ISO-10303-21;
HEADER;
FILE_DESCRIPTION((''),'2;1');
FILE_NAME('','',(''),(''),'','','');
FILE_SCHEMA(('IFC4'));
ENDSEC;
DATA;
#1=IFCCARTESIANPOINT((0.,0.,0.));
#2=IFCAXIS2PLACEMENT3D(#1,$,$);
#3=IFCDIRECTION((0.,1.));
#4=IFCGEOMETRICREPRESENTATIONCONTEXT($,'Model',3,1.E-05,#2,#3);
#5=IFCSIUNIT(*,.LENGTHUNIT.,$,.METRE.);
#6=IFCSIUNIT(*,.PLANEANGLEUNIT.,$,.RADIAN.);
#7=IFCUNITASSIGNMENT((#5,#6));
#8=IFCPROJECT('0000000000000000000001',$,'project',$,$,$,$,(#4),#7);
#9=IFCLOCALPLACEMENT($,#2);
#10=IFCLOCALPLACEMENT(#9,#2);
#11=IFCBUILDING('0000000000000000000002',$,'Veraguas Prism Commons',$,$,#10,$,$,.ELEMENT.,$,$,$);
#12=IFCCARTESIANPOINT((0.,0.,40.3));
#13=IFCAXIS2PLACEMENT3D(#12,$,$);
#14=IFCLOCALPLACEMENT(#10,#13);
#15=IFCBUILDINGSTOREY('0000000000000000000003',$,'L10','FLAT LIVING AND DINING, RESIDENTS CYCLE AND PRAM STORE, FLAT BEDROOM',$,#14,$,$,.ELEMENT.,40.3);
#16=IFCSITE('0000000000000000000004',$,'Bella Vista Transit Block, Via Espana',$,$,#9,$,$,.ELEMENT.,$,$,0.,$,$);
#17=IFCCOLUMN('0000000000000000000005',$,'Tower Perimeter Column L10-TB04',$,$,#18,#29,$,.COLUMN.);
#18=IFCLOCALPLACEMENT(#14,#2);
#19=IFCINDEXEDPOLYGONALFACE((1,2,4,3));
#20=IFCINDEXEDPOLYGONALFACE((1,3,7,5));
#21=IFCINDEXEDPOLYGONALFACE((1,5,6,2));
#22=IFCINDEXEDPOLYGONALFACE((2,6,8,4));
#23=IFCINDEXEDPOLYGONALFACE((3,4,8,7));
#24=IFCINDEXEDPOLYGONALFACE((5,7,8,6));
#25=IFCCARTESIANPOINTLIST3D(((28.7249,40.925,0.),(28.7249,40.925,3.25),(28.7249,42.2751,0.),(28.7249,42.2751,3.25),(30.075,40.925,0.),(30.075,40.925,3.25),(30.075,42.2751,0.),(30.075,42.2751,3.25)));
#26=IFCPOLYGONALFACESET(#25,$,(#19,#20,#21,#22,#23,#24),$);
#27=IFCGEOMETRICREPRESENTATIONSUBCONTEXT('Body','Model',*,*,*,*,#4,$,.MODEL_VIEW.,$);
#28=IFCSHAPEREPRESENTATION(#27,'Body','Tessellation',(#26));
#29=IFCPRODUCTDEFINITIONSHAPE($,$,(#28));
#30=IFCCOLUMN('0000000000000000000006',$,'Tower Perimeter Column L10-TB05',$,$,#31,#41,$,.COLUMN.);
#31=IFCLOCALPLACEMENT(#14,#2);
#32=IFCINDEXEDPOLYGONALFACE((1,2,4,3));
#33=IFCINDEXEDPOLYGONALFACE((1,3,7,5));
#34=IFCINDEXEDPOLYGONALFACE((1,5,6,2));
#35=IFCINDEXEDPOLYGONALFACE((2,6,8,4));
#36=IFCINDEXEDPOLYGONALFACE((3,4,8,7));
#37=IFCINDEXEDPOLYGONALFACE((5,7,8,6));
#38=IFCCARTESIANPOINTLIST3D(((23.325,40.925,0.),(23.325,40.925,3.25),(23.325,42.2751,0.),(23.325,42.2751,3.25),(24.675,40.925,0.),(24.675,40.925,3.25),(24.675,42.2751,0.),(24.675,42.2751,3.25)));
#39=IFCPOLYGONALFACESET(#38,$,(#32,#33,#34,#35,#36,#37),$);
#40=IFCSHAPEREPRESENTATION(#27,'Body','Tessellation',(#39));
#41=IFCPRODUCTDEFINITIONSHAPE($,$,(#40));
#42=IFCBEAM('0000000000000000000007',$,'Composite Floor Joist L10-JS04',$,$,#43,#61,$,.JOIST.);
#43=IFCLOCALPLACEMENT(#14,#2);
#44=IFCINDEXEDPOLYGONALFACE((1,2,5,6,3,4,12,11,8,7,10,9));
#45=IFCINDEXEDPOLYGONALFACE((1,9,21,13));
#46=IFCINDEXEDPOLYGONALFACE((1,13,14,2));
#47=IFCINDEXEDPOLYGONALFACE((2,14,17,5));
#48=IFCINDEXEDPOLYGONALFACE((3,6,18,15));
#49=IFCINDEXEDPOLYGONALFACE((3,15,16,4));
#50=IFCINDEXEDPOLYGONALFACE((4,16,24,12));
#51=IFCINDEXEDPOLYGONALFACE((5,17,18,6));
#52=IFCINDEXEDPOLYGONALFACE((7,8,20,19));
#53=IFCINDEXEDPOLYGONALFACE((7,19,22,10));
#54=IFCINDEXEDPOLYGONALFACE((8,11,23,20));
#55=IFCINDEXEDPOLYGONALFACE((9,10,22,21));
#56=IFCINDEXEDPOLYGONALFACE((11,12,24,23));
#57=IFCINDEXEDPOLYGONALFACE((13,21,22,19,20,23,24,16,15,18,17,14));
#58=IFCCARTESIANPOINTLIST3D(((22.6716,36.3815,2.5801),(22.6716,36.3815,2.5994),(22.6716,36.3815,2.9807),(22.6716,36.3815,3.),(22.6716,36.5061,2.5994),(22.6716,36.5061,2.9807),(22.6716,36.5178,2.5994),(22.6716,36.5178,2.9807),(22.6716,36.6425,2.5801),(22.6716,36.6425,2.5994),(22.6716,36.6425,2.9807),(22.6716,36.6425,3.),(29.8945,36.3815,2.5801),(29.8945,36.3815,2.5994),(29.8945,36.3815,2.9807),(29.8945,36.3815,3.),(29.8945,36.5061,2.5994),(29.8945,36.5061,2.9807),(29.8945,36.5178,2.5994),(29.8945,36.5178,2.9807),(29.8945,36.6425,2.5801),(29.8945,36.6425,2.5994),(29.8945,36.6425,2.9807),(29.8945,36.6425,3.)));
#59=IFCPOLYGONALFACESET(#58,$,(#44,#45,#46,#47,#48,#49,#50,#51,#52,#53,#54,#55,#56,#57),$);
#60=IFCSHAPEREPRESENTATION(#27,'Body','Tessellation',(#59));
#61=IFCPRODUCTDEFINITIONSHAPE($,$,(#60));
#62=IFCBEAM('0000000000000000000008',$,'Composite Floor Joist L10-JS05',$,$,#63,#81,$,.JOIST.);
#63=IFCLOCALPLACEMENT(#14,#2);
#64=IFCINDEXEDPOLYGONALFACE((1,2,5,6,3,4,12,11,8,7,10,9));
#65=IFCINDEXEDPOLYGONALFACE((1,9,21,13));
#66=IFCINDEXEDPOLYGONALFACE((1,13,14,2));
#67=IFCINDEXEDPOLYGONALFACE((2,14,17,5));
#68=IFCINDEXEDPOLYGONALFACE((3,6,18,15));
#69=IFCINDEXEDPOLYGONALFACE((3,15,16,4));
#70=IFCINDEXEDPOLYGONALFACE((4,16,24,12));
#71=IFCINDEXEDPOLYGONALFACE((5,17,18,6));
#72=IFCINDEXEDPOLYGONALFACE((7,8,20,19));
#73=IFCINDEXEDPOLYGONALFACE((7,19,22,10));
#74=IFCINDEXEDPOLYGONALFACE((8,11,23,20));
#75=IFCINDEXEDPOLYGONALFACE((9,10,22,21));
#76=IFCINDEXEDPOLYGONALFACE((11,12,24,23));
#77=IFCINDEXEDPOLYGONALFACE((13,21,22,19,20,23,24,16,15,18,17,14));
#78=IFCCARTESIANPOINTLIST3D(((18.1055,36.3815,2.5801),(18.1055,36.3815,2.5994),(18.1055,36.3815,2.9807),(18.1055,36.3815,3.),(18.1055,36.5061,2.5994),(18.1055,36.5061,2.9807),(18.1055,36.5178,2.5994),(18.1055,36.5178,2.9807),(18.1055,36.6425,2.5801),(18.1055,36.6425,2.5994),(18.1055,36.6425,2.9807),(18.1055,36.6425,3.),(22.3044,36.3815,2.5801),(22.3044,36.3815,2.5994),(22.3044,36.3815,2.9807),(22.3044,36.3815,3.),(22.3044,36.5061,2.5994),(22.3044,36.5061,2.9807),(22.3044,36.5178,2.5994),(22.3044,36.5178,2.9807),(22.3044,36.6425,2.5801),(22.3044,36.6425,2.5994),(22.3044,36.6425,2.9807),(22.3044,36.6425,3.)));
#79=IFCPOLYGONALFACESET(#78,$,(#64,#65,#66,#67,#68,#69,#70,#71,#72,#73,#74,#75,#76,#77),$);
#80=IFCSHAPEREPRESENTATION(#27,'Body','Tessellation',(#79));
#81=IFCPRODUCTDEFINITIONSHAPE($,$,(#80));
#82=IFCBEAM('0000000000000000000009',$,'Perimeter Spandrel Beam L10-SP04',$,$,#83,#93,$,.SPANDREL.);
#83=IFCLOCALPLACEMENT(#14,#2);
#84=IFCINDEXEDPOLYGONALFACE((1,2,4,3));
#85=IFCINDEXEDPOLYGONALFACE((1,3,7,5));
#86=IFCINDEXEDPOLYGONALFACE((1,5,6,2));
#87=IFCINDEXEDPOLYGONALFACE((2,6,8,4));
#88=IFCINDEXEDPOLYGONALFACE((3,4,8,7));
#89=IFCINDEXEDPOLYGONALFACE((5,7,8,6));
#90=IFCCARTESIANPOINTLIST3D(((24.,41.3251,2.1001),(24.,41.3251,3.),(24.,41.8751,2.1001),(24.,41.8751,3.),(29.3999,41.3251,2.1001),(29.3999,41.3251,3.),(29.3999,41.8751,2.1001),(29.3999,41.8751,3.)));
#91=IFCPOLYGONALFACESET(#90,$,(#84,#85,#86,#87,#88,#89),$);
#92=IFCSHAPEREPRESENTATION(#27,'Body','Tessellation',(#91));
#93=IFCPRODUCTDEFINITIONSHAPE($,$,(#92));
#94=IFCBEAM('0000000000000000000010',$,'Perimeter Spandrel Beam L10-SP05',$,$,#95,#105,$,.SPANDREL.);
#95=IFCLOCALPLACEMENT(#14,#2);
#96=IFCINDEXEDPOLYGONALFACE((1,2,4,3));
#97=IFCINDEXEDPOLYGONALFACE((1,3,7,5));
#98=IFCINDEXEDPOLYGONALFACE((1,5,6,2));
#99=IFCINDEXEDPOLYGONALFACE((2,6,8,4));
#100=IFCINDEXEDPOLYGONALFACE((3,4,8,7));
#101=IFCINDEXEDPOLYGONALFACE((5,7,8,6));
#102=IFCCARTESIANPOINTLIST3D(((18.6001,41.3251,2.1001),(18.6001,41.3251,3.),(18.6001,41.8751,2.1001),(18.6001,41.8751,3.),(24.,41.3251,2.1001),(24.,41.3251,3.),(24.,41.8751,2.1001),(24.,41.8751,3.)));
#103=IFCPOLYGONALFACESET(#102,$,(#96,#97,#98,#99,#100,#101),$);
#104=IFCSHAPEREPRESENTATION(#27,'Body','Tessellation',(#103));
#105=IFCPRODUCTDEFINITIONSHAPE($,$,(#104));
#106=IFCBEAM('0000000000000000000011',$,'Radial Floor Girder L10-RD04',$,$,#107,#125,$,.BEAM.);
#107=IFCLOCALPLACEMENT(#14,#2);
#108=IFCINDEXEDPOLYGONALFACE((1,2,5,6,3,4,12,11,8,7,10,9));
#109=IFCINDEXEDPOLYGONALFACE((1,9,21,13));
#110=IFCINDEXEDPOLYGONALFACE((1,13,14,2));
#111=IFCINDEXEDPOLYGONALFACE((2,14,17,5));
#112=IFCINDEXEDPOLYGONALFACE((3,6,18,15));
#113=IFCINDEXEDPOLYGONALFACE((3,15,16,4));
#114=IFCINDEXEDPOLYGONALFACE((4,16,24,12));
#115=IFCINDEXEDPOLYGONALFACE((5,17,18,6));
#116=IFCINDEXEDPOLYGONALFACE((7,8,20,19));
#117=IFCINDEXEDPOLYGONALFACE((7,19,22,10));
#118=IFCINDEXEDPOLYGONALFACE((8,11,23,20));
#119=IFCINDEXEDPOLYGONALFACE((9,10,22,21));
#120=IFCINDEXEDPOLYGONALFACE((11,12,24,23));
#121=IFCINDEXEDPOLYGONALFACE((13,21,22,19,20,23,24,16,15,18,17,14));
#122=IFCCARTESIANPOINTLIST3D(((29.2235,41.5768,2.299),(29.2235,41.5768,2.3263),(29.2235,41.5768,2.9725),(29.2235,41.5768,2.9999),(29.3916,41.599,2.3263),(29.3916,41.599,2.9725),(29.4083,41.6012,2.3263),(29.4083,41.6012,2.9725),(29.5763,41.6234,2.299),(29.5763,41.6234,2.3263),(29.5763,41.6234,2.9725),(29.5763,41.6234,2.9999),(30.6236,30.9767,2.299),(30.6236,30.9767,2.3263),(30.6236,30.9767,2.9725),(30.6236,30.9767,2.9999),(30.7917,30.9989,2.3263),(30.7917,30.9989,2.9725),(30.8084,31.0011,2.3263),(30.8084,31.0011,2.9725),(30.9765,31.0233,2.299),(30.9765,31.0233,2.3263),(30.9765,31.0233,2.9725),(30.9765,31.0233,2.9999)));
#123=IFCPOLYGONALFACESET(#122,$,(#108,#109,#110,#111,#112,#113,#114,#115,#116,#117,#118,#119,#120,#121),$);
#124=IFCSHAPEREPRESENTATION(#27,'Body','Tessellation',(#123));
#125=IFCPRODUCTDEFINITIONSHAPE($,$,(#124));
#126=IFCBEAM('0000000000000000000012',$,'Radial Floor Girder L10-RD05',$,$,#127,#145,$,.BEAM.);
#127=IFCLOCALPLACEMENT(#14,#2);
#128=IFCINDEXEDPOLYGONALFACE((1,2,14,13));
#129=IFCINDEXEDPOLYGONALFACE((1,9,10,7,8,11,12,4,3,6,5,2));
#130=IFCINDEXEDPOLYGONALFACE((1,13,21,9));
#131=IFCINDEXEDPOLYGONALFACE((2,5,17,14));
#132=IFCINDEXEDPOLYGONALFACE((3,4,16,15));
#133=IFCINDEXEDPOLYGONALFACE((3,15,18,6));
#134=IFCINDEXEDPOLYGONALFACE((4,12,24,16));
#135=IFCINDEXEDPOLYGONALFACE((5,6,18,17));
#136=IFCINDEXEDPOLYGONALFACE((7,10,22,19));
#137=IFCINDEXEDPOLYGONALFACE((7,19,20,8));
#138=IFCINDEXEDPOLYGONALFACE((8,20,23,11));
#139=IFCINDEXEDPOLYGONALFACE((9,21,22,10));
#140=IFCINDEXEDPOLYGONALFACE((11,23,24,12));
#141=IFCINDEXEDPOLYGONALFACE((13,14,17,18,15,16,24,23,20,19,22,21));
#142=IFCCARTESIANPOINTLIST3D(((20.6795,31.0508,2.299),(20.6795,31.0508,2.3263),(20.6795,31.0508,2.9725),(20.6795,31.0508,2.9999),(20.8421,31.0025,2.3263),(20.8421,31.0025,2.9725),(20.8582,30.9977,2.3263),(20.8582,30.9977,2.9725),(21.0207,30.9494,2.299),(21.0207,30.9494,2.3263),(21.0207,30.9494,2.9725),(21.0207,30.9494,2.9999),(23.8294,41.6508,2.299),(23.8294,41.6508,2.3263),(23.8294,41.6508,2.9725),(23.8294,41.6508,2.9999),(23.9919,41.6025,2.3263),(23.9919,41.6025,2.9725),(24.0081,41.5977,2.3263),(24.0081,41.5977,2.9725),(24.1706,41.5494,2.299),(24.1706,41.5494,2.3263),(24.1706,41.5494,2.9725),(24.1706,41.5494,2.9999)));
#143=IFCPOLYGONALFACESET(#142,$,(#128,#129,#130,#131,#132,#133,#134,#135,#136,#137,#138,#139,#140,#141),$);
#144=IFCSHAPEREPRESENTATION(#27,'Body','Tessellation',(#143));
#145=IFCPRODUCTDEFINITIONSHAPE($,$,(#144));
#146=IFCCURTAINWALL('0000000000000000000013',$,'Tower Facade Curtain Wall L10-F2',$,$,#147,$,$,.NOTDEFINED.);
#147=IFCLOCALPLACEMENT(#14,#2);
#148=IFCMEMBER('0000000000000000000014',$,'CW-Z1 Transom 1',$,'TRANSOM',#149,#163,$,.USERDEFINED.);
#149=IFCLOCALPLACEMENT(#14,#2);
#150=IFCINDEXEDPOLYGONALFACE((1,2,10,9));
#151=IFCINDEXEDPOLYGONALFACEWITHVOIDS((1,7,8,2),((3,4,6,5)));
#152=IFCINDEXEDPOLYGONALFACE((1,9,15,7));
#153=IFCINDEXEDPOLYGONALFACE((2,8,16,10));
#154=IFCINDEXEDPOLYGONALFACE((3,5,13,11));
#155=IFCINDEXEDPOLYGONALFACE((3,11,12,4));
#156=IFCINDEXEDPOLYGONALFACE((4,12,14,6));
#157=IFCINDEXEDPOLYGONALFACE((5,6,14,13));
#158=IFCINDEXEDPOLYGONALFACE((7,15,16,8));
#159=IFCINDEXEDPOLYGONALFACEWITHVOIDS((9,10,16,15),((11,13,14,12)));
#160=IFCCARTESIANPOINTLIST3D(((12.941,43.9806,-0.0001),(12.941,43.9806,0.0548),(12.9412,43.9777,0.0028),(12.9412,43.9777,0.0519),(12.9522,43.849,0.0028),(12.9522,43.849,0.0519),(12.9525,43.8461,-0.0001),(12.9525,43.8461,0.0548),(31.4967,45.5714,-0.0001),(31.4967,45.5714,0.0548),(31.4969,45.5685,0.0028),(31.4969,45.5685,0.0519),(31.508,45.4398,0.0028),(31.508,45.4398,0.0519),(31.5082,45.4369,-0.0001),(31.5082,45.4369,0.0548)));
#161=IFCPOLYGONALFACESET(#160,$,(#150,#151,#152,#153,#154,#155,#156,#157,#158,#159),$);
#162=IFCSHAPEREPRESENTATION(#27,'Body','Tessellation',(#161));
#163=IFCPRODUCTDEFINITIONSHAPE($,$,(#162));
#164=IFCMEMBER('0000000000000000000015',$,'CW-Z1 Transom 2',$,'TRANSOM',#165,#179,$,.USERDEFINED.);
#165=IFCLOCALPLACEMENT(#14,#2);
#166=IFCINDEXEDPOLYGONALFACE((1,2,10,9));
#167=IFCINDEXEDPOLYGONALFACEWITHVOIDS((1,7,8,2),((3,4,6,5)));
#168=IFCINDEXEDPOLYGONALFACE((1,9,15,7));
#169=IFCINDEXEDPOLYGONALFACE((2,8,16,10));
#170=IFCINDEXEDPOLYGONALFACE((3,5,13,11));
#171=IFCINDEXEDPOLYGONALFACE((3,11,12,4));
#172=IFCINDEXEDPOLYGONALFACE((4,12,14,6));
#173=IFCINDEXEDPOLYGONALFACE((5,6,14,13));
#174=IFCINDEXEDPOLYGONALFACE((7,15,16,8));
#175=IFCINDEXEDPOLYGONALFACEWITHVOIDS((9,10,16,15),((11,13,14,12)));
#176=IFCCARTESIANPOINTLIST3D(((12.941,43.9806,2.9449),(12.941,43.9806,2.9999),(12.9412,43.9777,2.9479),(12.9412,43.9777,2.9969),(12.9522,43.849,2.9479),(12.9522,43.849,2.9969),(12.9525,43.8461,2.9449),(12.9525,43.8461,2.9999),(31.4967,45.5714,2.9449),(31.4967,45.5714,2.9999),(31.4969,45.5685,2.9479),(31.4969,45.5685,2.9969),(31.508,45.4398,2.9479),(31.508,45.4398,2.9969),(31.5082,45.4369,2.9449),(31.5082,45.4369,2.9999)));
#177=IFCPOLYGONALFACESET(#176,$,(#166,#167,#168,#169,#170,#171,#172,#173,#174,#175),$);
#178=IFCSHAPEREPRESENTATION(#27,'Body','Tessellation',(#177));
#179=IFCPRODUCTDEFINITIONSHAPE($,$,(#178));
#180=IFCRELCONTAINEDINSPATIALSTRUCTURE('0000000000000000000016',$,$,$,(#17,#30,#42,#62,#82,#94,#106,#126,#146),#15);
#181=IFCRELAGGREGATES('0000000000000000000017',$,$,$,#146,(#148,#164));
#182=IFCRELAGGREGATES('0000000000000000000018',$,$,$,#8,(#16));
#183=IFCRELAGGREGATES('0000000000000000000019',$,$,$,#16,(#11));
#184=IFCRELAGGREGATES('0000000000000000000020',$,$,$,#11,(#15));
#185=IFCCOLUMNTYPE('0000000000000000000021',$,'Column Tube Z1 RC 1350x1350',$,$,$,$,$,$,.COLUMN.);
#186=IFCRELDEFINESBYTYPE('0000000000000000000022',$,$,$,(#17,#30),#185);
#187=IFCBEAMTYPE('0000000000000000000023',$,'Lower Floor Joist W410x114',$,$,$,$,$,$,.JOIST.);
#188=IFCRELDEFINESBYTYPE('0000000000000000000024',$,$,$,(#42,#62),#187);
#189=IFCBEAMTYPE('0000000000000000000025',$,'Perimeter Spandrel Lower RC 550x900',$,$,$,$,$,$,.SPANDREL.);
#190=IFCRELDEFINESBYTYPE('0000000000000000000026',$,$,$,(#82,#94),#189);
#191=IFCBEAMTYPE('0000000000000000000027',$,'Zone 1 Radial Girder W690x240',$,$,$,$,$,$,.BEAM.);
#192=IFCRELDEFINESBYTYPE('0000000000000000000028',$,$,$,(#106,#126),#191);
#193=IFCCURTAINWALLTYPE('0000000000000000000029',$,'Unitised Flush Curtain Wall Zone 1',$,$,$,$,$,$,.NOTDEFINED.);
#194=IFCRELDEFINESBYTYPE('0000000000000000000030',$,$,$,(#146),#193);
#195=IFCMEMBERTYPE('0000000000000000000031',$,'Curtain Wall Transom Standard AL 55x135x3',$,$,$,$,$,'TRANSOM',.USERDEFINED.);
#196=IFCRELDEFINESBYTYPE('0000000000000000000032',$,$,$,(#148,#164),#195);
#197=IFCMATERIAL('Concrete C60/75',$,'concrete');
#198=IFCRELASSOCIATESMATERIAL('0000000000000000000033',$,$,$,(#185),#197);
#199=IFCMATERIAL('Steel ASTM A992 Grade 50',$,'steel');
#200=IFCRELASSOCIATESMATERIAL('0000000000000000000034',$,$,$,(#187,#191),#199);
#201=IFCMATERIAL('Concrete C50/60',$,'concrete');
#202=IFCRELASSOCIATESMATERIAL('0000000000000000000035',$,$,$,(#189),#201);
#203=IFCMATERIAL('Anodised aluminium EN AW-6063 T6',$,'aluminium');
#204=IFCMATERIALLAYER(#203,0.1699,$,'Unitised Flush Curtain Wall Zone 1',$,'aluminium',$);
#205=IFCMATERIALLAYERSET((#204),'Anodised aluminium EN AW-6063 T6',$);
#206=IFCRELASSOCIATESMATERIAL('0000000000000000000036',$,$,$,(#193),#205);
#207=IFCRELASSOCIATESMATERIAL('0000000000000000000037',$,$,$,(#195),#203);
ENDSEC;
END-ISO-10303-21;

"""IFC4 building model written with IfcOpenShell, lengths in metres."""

from ifc_helpers import new_model, si_unit, direction, frame, origin, origin_2d, place, context, subcontext, project, spatial, rectangle, hollow_rectangle, i_section, extrude, source, transform, mapped, material, layer, layer_set, material_profile, profile_set, type_object, element, aggregate, save


model = new_model("IFC4")

# Units and contexts
model_context = context("Model", 3, precision=1e-05, world=origin(), true_north=direction((0.0, 1.0)))
body_context = subcontext(model_context, "Body", "Model", "MODEL_VIEW")
ifc_project = project(units=[si_unit("LENGTHUNIT", "METRE"), si_unit("PLANEANGLEUNIT", "RADIAN")], contexts=[model_context])

# Site, building, storey
site_placement = place(None, origin())
site = spatial("IfcSite", under=ifc_project, at=site_placement, Name="Bella Vista Transit Block, Via Espana", CompositionType="ELEMENT", RefElevation=0.0)
building_placement = place(site_placement, origin())
building = spatial("IfcBuilding", under=site, at=building_placement, Name="Veraguas Prism Commons", CompositionType="ELEMENT")
storey_placement = place(building_placement, frame((0.0, 0.0, 40.3)))
storey = spatial("IfcBuildingStorey", under=building, at=storey_placement, Name="L10", Description="FLAT LIVING AND DINING, RESIDENTS CYCLE AND PRAM STORE, FLAT BEDROOM", CompositionType="ELEMENT", Elevation=40.3)

# Columns
ifc_material_1 = material(Name="Concrete C60/75", Category="concrete")
ifc_material_profile_1 = material_profile(ifc_material_1, rectangle(XDim=1.3501, YDim=1.3501, at=origin_2d()), Name="RC1350X1350")
ifc_profile_set_1 = profile_set([ifc_material_profile_1], Name="Concrete C60/75")
column_type = type_object("IfcColumnType", Name="Column Tube Z1 RC 1350x1350", PredefinedType="COLUMN", material=ifc_profile_set_1)
for number, where, z_axis, x_axis, name in (
    (1, (29.3999, 41.6001, 0.0), (0.0, 0.0, 1.0), (1.0, 0.0, 0.0), "Tower Perimeter Column L10-TB04"),
    (2, (24.0, 41.6001, 0.0), (0.0, 0.0, 1.0), (1.0, 0.0, 0.0), "Tower Perimeter Column L10-TB05"),
):
    element("IfcColumn", number, at=place(storey_placement, frame(where, z_axis=z_axis, x_axis=x_axis)), inside=storey, type_object=column_type, Name=name, PredefinedType="COLUMN", context=body_context, shape_type="SweptSolid", body=[
        extrude(rectangle(XDim=1.3501, YDim=1.3501, at=origin_2d()), origin(), (0.0, 0.0, 1.0), 3.25),
    ])

# Beams
ifc_material_2 = material(Name="Steel ASTM A992 Grade 50", Category="steel")
ifc_material_profile_2 = material_profile(ifc_material_2, i_section(OverallWidth=0.261, OverallDepth=0.4199, WebThickness=0.0117, FlangeThickness=0.0193, at=origin_2d()), Name="W410X114")
ifc_profile_set_2 = profile_set([ifc_material_profile_2], Name="Steel ASTM A992 Grade 50")
beam_type_1 = type_object("IfcBeamType", Name="Lower Floor Joist W410x114", PredefinedType="JOIST", material=ifc_profile_set_2)
beam_1_placement = place(storey_placement, frame((29.8945, 36.512, 2.79), z_axis=(-1.0, 0.0, 0.0), x_axis=(0.0, -1.0, 0.0)))
element("IfcBeam", 3, at=beam_1_placement, inside=storey, type_object=beam_type_1, Name="Composite Floor Joist L10-JS04", PredefinedType="JOIST", context=body_context, shape_type="SweptSolid", body=[
    extrude(i_section(OverallWidth=0.261, OverallDepth=0.4199, WebThickness=0.0117, FlangeThickness=0.0193, at=origin_2d()), origin(), (0.0, 0.0, 1.0), 7.2229),
])
beam_2_placement = place(storey_placement, frame((22.3044, 36.512, 2.79), z_axis=(-1.0, 0.0, 0.0), x_axis=(0.0, -1.0, 0.0)))
element("IfcBeam", 4, at=beam_2_placement, inside=storey, type_object=beam_type_1, Name="Composite Floor Joist L10-JS05", PredefinedType="JOIST", context=body_context, shape_type="SweptSolid", body=[
    extrude(i_section(OverallWidth=0.261, OverallDepth=0.4199, WebThickness=0.0117, FlangeThickness=0.0193, at=origin_2d()), origin(), (0.0, 0.0, 1.0), 4.199),
])
ifc_material_3 = material(Name="Concrete C50/60", Category="concrete")
ifc_material_profile_3 = material_profile(ifc_material_3, rectangle(XDim=0.55, YDim=0.8999, at=origin_2d()), Name="RC550X900")
ifc_profile_set_3 = profile_set([ifc_material_profile_3], Name="Concrete C50/60")
beam_type_2 = type_object("IfcBeamType", Name="Perimeter Spandrel Lower RC 550x900", PredefinedType="SPANDREL", material=ifc_profile_set_3)
for number, where, z_axis, x_axis, name in (
    (5, (29.3999, 41.6001, 2.55), (-1.0, 0.0, 0.0), (0.0, -1.0, 0.0), "Perimeter Spandrel Beam L10-SP04"),
    (6, (24.0, 41.6001, 2.55), (-1.0, 0.0, 0.0), (0.0, -1.0, 0.0), "Perimeter Spandrel Beam L10-SP05"),
):
    element("IfcBeam", number, at=place(storey_placement, frame(where, z_axis=z_axis, x_axis=x_axis)), inside=storey, type_object=beam_type_2, Name=name, PredefinedType="SPANDREL", context=body_context, shape_type="SweptSolid", body=[
        extrude(rectangle(XDim=0.55, YDim=0.8999, at=origin_2d()), origin(), (0.0, 0.0, 1.0), 5.3999),
    ])
ifc_material_profile_4 = material_profile(ifc_material_2, i_section(OverallWidth=0.356, OverallDepth=0.7009, WebThickness=0.0168, FlangeThickness=0.0273, at=origin_2d()), Name="W690X240")
ifc_profile_set_4 = profile_set([ifc_material_profile_4], Name="Steel ASTM A992 Grade 50")
beam_type_3 = type_object("IfcBeamType", Name="Zone 1 Radial Girder W690x240", PredefinedType="BEAM", material=ifc_profile_set_4)
beam_3_placement = place(storey_placement, frame((29.3999, 41.6001, 2.6494), z_axis=(0.130951, -0.991389, 0.0), x_axis=(0.991389, 0.130951, 0.0)))
element("IfcBeam", 7, at=beam_3_placement, inside=storey, type_object=beam_type_3, Name="Radial Floor Girder L10-RD04", PredefinedType="BEAM", context=body_context, shape_type="SweptSolid", body=[
    extrude(i_section(OverallWidth=0.356, OverallDepth=0.7009, WebThickness=0.0168, FlangeThickness=0.0273, at=origin_2d()), origin(), (0.0, 0.0, 1.0), 10.6921),
])
beam_4_placement = place(storey_placement, frame((24.0, 41.6001, 2.6494), z_axis=(-0.284847, -0.958573, 0.0), x_axis=(0.958573, -0.284847, 0.0)))
element("IfcBeam", 8, at=beam_4_placement, inside=storey, type_object=beam_type_3, Name="Radial Floor Girder L10-RD05", PredefinedType="BEAM", context=body_context, shape_type="SweptSolid", body=[
    extrude(i_section(OverallWidth=0.356, OverallDepth=0.7009, WebThickness=0.0168, FlangeThickness=0.0273, at=origin_2d()), origin(), (0.0, 0.0, 1.0), 11.0581),
])

# Curtain wall, members
ifc_material_4 = material(Name="Anodised aluminium EN AW-6063 T6", Category="aluminium")
ifc_layer_1 = layer(ifc_material_4, 0.1699, Name="Unitised Flush Curtain Wall Zone 1", Category="aluminium")
ifc_layer_set_1 = layer_set([ifc_layer_1], Name="Anodised aluminium EN AW-6063 T6")
curtain_wall_type = type_object("IfcCurtainWallType", Name="Unitised Flush Curtain Wall Zone 1", PredefinedType="NOTDEFINED", material=ifc_layer_set_1)
curtain_wall_1_placement = place(storey_placement, origin())
curtain_wall_1 = element("IfcCurtainWall", 9, at=curtain_wall_1_placement, inside=storey, type_object=curtain_wall_type, Name="Tower Facade Curtain Wall L10-F2", PredefinedType="NOTDEFINED")
ifc_material_profile_5 = material_profile(ifc_material_4, hollow_rectangle(XDim=0.0549, YDim=0.135, WallThickness=0.0029, at=origin_2d()), Name="AL55X135X3")
ifc_profile_set_5 = profile_set([ifc_material_profile_5], Name="Anodised aluminium EN AW-6063 T6")
member_type_1 = type_object("IfcMemberType", Name="Curtain Wall Transom Standard AL 55x135x3", ElementType="TRANSOM", PredefinedType="USERDEFINED", material=ifc_profile_set_5)
shared_shape_1 = source(origin(), body_context, "Body", "SweptSolid", [
    extrude(hollow_rectangle(XDim=0.0549, YDim=0.135, WallThickness=0.0029, at=origin_2d()), origin(), (0.0, 0.0, 1.0), 18.6238),
])
member_1_placement = place(storey_placement, frame((31.5024, 45.5042, 0.0273), z_axis=(-0.996345, -0.085419, 0.0), x_axis=(0.0, 0.0, 1.0)))
member_1 = element("IfcMember", 10, at=member_1_placement, type_object=member_type_1, Name="CW-Z1 Transom 1", ObjectType="TRANSOM", PredefinedType="USERDEFINED", context=body_context, shape_type="MappedRepresentation", body=[
    mapped(shared_shape_1, transform((0.0, 0.0, 0.0), scale=1.0)),
])
member_2_placement = place(storey_placement, frame((31.5024, 45.5042, 2.9724), z_axis=(-0.996345, -0.085419, 0.0), x_axis=(0.0, 0.0, 1.0)))
member_2 = element("IfcMember", 11, at=member_2_placement, type_object=member_type_1, Name="CW-Z1 Transom 2", ObjectType="TRANSOM", PredefinedType="USERDEFINED", context=body_context, shape_type="MappedRepresentation", body=[
    mapped(shared_shape_1, transform((0.0, 0.0, 0.0), scale=1.0)),
])

aggregate(curtain_wall_1, [member_1, member_2])

save(model, "model.ifc")
